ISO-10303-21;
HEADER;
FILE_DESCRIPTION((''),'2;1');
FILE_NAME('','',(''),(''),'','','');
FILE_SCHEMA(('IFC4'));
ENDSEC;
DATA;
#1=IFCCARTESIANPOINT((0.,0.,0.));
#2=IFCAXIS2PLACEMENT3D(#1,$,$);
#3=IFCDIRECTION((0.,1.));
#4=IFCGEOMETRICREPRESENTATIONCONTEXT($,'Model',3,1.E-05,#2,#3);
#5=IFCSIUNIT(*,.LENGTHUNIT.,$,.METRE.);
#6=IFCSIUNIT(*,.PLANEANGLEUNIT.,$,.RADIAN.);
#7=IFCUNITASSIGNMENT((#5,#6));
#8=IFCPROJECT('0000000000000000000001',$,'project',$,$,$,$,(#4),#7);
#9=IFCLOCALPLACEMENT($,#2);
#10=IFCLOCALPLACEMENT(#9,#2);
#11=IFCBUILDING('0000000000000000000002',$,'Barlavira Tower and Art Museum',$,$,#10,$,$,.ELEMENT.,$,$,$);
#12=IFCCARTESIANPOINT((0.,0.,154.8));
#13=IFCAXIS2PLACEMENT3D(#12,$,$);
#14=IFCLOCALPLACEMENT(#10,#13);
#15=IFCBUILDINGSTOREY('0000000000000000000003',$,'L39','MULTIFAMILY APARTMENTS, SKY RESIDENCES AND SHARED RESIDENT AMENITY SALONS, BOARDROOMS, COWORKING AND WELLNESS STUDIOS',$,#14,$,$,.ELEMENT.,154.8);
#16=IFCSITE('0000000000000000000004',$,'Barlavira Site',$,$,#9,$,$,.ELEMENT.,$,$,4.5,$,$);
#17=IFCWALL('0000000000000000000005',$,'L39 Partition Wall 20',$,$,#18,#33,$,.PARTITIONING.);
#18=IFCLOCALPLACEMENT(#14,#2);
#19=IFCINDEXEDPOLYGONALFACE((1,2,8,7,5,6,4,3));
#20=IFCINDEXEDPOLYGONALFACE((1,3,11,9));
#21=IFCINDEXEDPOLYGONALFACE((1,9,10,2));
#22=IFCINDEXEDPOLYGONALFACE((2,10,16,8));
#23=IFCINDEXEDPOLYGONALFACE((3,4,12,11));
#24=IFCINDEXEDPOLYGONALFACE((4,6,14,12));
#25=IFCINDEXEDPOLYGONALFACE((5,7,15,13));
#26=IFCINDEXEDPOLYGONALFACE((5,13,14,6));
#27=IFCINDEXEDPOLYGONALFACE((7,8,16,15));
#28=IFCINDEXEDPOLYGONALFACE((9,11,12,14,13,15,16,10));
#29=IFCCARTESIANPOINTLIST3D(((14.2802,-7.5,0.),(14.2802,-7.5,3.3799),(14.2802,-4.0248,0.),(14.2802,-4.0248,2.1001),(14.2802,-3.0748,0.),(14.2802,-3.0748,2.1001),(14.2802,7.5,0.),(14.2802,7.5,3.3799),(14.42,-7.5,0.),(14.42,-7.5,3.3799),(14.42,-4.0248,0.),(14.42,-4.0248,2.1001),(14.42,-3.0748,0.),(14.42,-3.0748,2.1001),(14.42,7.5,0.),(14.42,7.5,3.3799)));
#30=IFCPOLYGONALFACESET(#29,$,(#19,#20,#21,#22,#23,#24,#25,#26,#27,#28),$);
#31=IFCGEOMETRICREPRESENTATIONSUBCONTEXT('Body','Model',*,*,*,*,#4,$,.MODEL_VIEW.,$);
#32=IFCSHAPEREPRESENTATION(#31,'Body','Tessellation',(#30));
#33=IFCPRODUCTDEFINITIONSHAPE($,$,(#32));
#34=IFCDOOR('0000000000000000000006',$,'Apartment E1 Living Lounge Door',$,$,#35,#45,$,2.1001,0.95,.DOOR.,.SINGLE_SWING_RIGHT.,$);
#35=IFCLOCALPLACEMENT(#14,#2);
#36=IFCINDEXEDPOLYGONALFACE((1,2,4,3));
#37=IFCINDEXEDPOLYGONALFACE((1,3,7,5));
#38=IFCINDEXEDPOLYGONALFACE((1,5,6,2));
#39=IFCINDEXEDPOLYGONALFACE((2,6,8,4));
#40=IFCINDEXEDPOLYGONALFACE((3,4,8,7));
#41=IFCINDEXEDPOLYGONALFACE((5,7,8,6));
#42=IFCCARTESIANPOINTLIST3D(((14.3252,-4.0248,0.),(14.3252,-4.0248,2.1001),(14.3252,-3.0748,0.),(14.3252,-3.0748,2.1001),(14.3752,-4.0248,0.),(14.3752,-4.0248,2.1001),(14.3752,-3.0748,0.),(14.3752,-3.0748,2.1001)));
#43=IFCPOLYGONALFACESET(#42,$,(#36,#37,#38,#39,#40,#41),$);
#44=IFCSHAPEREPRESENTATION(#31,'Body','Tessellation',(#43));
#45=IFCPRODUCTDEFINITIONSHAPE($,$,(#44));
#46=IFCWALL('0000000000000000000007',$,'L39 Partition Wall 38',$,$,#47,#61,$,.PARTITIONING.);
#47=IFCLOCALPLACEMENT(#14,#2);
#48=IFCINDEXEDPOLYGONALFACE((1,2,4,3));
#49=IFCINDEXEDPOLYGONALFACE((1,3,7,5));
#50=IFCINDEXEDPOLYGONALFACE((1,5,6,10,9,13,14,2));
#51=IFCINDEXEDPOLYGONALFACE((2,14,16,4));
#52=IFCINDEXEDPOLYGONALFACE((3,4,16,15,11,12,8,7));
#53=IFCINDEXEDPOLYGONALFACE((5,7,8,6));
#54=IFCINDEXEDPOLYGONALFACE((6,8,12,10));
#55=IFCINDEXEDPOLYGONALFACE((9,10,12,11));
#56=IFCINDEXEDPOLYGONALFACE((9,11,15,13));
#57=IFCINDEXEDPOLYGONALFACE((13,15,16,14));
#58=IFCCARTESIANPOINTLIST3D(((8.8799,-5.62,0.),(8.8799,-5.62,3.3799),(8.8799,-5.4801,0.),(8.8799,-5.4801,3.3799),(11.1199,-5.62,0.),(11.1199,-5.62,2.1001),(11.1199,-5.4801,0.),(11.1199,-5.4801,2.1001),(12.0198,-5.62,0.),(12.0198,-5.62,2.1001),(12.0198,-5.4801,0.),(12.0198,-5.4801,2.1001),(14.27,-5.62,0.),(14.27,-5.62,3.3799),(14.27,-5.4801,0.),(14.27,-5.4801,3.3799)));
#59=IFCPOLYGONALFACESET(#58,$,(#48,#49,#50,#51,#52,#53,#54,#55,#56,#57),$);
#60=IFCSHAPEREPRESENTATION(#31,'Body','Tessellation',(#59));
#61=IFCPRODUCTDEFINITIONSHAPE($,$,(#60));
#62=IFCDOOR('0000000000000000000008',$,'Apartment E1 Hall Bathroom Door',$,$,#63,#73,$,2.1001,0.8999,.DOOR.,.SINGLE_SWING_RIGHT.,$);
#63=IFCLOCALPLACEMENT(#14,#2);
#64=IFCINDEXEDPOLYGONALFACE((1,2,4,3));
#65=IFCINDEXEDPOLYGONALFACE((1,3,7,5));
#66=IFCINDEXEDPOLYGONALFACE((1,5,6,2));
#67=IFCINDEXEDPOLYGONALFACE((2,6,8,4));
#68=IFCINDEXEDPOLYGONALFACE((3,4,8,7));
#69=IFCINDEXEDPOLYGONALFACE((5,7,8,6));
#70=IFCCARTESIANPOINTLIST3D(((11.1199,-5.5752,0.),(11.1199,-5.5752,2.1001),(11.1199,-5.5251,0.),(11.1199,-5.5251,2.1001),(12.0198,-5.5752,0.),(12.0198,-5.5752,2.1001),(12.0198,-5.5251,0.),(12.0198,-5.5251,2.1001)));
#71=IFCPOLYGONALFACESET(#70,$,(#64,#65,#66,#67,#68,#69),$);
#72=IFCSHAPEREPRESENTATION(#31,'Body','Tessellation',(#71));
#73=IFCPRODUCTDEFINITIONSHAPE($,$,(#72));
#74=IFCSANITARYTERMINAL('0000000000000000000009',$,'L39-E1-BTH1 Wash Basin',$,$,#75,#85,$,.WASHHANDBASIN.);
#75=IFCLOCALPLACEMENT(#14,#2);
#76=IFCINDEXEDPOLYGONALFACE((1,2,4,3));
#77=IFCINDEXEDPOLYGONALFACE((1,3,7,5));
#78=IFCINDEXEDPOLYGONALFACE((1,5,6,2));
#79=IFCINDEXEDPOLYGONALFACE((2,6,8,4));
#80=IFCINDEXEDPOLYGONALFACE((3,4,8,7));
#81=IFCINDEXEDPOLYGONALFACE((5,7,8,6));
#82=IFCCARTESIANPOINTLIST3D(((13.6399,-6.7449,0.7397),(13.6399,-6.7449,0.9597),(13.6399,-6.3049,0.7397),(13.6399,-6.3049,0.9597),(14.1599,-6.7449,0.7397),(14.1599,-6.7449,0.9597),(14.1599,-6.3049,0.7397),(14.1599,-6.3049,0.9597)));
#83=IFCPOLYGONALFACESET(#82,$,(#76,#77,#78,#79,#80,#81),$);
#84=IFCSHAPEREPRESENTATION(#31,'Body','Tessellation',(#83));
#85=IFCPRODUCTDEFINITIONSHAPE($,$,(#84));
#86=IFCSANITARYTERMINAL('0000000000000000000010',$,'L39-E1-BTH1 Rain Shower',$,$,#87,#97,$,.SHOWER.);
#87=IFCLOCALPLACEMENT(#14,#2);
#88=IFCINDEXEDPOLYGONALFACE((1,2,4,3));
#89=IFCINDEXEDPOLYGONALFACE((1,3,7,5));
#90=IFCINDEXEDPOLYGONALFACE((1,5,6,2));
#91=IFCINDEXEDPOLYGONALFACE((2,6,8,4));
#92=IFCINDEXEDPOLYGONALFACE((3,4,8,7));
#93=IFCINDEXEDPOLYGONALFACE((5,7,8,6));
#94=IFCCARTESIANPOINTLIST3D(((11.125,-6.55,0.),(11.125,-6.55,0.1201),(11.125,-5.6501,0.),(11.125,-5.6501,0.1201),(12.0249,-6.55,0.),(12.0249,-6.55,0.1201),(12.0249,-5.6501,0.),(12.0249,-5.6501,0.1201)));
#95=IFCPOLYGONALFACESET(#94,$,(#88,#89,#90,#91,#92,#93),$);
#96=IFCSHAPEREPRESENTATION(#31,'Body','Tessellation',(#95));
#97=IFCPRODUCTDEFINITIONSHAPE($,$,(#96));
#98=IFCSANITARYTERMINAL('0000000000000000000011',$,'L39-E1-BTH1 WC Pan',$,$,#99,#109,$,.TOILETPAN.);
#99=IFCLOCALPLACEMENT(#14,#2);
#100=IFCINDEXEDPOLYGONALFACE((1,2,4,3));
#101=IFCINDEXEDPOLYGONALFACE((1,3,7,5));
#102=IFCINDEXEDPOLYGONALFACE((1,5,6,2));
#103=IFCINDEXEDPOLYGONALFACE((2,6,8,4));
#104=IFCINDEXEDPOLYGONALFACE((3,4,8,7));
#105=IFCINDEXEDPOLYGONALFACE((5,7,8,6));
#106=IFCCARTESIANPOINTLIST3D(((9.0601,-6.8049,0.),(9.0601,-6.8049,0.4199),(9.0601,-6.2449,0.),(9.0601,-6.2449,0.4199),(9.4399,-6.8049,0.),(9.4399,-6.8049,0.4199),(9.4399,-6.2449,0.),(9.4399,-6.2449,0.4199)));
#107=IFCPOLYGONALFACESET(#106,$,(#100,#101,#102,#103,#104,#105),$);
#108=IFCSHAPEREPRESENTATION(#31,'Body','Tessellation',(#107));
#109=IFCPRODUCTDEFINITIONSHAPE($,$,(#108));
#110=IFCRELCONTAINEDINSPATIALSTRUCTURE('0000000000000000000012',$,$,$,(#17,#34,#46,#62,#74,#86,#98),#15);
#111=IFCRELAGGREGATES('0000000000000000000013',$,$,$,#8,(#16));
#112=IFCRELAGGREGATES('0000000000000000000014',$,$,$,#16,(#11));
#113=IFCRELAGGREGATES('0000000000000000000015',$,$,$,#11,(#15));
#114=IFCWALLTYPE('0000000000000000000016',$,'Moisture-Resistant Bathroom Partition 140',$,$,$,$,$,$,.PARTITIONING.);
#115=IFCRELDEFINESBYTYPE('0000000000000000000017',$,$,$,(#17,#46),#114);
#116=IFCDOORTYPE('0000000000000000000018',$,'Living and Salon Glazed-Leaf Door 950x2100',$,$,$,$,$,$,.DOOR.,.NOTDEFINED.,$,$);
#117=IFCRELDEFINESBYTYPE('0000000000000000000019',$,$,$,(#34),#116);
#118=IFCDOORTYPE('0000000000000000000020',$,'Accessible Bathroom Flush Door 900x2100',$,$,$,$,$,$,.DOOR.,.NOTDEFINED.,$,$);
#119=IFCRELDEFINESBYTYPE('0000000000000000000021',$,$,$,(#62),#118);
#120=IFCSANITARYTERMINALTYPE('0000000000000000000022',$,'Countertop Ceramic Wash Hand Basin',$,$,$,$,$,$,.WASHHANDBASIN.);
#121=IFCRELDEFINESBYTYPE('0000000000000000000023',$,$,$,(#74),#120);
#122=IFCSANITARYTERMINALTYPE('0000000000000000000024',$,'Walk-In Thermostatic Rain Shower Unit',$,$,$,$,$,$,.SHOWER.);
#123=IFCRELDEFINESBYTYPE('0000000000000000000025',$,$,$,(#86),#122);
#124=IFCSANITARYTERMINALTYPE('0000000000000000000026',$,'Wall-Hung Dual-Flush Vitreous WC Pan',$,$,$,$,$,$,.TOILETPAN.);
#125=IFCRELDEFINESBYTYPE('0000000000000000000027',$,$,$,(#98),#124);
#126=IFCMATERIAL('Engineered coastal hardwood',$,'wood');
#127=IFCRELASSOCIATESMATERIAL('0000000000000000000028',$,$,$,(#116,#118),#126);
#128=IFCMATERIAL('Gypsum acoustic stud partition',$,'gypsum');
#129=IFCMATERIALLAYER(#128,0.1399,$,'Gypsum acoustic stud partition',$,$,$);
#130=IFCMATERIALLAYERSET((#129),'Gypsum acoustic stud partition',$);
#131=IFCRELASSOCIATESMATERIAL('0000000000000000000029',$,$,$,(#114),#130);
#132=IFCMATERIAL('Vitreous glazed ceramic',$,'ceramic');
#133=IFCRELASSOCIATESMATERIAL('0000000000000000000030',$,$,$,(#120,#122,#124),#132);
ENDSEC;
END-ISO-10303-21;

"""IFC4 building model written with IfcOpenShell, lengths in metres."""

from ifc_helpers import new_model, si_unit, direction, frame, frame_2d, origin, origin_2d, place, context, subcontext, project, spatial, rectangle, extrude, material, layer, layer_set, type_object, element, fill, save


model = new_model("IFC4")

# Units and contexts
model_context = context("Model", 3, precision=1e-05, world=origin(), true_north=direction((0.0, 1.0)))
body_context = subcontext(model_context, "Body", "Model", "MODEL_VIEW")
ifc_project = project(units=[si_unit("LENGTHUNIT", "METRE"), si_unit("PLANEANGLEUNIT", "RADIAN")], contexts=[model_context])

# Site, building, storey
site_placement = place(None, origin())
site = spatial("IfcSite", under=ifc_project, at=site_placement, Name="Barlavira Site", CompositionType="ELEMENT", RefElevation=4.5)
building_placement = place(site_placement, origin())
building = spatial("IfcBuilding", under=site, at=building_placement, Name="Barlavira Tower and Art Museum", CompositionType="ELEMENT")
storey_placement = place(building_placement, frame((0.0, 0.0, 154.8)))
storey = spatial("IfcBuildingStorey", under=building, at=storey_placement, Name="L39", Description="MULTIFAMILY APARTMENTS, SKY RESIDENCES AND SHARED RESIDENT AMENITY SALONS, BOARDROOMS, COWORKING AND WELLNESS STUDIOS", CompositionType="ELEMENT", Elevation=154.8)

# Shared definitions
ifc_material_1 = material(Name="Gypsum acoustic stud partition", Category="gypsum")
ifc_material_2 = material(Name="Engineered coastal hardwood", Category="wood")
door_type_1 = type_object("IfcDoorType", Name="Living and Salon Glazed-Leaf Door 950x2100", OperationType="NOTDEFINED", PredefinedType="DOOR", material=ifc_material_2)

# Walls, openings, doors
ifc_layer_1 = layer(ifc_material_1, 0.1399, Name="Gypsum acoustic stud partition")
ifc_layer_set_1 = layer_set([ifc_layer_1], Name="Gypsum acoustic stud partition")
wall_type_1 = type_object("IfcWallType", Name="Moisture-Resistant Bathroom Partition 140", PredefinedType="PARTITIONING", material=ifc_layer_set_1)
wall_1_placement = place(storey_placement, frame((14.3501, -7.5, 0.0), z_axis=(0.0, 0.0, 1.0), x_axis=(0.0, 1.0, 0.0)))
wall_1 = element("IfcWall", 1, at=wall_1_placement, inside=storey, type_object=wall_type_1, Name="L39 Partition Wall 20", PredefinedType="PARTITIONING", context=body_context, shape_type="SweptSolid", body=[
    extrude(rectangle(XDim=15.0, YDim=0.1399, at=frame_2d((7.5, 0.0))), origin(), (0.0, 0.0, 1.0), 3.3799),
])
opening_1_placement = place(wall_1_placement, frame((3.4751, 0.0, 0.0)))
opening_1 = element("IfcOpeningElement", 2, at=opening_1_placement, cuts=wall_1, PredefinedType="OPENING", context=body_context, shape_type="SweptSolid", body=[
    extrude(rectangle(XDim=0.95, YDim=2.1001, at=frame_2d((0.4751, 1.05))), frame((0.0, 0.0801, 0.0), z_axis=(0.0, -1.0, 0.0), x_axis=(1.0, 0.0, 0.0)), (0.0, 0.0, 1.0), 0.1599),
])
door_1_placement = place(opening_1_placement, origin())
door_1 = element("IfcDoor", 3, at=door_1_placement, inside=storey, type_object=door_type_1, Name="Apartment E1 Living Lounge Door", OperationType="SINGLE_SWING_RIGHT", OverallHeight=2.1001, OverallWidth=0.95, PredefinedType="DOOR", context=body_context, shape_type="SweptSolid", body=[
    extrude(rectangle(XDim=0.95, YDim=2.1001, at=frame_2d((0.4751, 1.05))), frame((0.0, 0.0249, 0.0), z_axis=(0.0, -1.0, 0.0), x_axis=(1.0, 0.0, 0.0)), (0.0, 0.0, 1.0), 0.05),
])
fill(opening_1, door_1)
wall_2_placement = place(storey_placement, frame((8.8799, -5.55, 0.0), z_axis=(0.0, 0.0, 1.0), x_axis=(1.0, 0.0, 0.0)))
wall_2 = element("IfcWall", 4, at=wall_2_placement, inside=storey, type_object=wall_type_1, Name="L39 Partition Wall 38", PredefinedType="PARTITIONING", context=body_context, shape_type="SweptSolid", body=[
    extrude(rectangle(XDim=5.3901, YDim=0.1399, at=frame_2d((2.6951, 0.0))), origin(), (0.0, 0.0, 1.0), 3.3799),
])
opening_2_placement = place(wall_2_placement, frame((2.24, 0.0, 0.0)))
opening_2 = element("IfcOpeningElement", 5, at=opening_2_placement, cuts=wall_2, PredefinedType="OPENING", context=body_context, shape_type="SweptSolid", body=[
    extrude(rectangle(XDim=0.8999, YDim=2.1001, at=frame_2d((0.45, 1.05))), frame((0.0, 0.0801, 0.0), z_axis=(0.0, -1.0, 0.0), x_axis=(1.0, 0.0, 0.0)), (0.0, 0.0, 1.0), 0.1599),
])
door_type_2 = type_object("IfcDoorType", Name="Accessible Bathroom Flush Door 900x2100", OperationType="NOTDEFINED", PredefinedType="DOOR", material=ifc_material_2)
door_2_placement = place(opening_2_placement, origin())
door_2 = element("IfcDoor", 6, at=door_2_placement, inside=storey, type_object=door_type_2, Name="Apartment E1 Hall Bathroom Door", OperationType="SINGLE_SWING_RIGHT", OverallHeight=2.1001, OverallWidth=0.8999, PredefinedType="DOOR", context=body_context, shape_type="SweptSolid", body=[
    extrude(rectangle(XDim=0.8999, YDim=2.1001, at=frame_2d((0.45, 1.05))), frame((0.0, 0.0249, 0.0), z_axis=(0.0, -1.0, 0.0), x_axis=(1.0, 0.0, 0.0)), (0.0, 0.0, 1.0), 0.05),
])
fill(opening_2, door_2)

# Sanitary terminals
ifc_material_3 = material(Name="Vitreous glazed ceramic", Category="ceramic")
sanitary_terminal_type_1 = type_object("IfcSanitaryTerminalType", Name="Countertop Ceramic Wash Hand Basin", PredefinedType="WASHHANDBASIN", material=ifc_material_3)
sanitary_terminal_1_placement = place(storey_placement, frame((13.8999, -6.5249, 0.7397), z_axis=(0.0, 0.0, 1.0), x_axis=(1.0, 0.0, 0.0)))
element("IfcSanitaryTerminal", 7, at=sanitary_terminal_1_placement, inside=storey, type_object=sanitary_terminal_type_1, Name="L39-E1-BTH1 Wash Basin", PredefinedType="WASHHANDBASIN", context=body_context, shape_type="SweptSolid", body=[
    extrude(rectangle(XDim=0.52, YDim=0.4399, at=origin_2d()), origin(), (0.0, 0.0, 1.0), 0.22),
])
sanitary_terminal_type_2 = type_object("IfcSanitaryTerminalType", Name="Walk-In Thermostatic Rain Shower Unit", PredefinedType="SHOWER", material=ifc_material_3)
sanitary_terminal_2_placement = place(storey_placement, frame((11.575, -6.1001, 0.0), z_axis=(0.0, 0.0, 1.0), x_axis=(1.0, 0.0, 0.0)))
element("IfcSanitaryTerminal", 8, at=sanitary_terminal_2_placement, inside=storey, type_object=sanitary_terminal_type_2, Name="L39-E1-BTH1 Rain Shower", PredefinedType="SHOWER", context=body_context, shape_type="SweptSolid", body=[
    extrude(rectangle(XDim=0.8999, YDim=0.8999, at=origin_2d()), origin(), (0.0, 0.0, 1.0), 0.1201),
])
sanitary_terminal_type_3 = type_object("IfcSanitaryTerminalType", Name="Wall-Hung Dual-Flush Vitreous WC Pan", PredefinedType="TOILETPAN", material=ifc_material_3)
sanitary_terminal_3_placement = place(storey_placement, frame((9.25, -6.5249, 0.0), z_axis=(0.0, 0.0, 1.0), x_axis=(1.0, 0.0, 0.0)))
element("IfcSanitaryTerminal", 9, at=sanitary_terminal_3_placement, inside=storey, type_object=sanitary_terminal_type_3, Name="L39-E1-BTH1 WC Pan", PredefinedType="TOILETPAN", context=body_context, shape_type="SweptSolid", body=[
    extrude(rectangle(XDim=0.3799, YDim=0.5601, at=origin_2d()), origin(), (0.0, 0.0, 1.0), 0.4199),
])

save(model, "model.ifc")
